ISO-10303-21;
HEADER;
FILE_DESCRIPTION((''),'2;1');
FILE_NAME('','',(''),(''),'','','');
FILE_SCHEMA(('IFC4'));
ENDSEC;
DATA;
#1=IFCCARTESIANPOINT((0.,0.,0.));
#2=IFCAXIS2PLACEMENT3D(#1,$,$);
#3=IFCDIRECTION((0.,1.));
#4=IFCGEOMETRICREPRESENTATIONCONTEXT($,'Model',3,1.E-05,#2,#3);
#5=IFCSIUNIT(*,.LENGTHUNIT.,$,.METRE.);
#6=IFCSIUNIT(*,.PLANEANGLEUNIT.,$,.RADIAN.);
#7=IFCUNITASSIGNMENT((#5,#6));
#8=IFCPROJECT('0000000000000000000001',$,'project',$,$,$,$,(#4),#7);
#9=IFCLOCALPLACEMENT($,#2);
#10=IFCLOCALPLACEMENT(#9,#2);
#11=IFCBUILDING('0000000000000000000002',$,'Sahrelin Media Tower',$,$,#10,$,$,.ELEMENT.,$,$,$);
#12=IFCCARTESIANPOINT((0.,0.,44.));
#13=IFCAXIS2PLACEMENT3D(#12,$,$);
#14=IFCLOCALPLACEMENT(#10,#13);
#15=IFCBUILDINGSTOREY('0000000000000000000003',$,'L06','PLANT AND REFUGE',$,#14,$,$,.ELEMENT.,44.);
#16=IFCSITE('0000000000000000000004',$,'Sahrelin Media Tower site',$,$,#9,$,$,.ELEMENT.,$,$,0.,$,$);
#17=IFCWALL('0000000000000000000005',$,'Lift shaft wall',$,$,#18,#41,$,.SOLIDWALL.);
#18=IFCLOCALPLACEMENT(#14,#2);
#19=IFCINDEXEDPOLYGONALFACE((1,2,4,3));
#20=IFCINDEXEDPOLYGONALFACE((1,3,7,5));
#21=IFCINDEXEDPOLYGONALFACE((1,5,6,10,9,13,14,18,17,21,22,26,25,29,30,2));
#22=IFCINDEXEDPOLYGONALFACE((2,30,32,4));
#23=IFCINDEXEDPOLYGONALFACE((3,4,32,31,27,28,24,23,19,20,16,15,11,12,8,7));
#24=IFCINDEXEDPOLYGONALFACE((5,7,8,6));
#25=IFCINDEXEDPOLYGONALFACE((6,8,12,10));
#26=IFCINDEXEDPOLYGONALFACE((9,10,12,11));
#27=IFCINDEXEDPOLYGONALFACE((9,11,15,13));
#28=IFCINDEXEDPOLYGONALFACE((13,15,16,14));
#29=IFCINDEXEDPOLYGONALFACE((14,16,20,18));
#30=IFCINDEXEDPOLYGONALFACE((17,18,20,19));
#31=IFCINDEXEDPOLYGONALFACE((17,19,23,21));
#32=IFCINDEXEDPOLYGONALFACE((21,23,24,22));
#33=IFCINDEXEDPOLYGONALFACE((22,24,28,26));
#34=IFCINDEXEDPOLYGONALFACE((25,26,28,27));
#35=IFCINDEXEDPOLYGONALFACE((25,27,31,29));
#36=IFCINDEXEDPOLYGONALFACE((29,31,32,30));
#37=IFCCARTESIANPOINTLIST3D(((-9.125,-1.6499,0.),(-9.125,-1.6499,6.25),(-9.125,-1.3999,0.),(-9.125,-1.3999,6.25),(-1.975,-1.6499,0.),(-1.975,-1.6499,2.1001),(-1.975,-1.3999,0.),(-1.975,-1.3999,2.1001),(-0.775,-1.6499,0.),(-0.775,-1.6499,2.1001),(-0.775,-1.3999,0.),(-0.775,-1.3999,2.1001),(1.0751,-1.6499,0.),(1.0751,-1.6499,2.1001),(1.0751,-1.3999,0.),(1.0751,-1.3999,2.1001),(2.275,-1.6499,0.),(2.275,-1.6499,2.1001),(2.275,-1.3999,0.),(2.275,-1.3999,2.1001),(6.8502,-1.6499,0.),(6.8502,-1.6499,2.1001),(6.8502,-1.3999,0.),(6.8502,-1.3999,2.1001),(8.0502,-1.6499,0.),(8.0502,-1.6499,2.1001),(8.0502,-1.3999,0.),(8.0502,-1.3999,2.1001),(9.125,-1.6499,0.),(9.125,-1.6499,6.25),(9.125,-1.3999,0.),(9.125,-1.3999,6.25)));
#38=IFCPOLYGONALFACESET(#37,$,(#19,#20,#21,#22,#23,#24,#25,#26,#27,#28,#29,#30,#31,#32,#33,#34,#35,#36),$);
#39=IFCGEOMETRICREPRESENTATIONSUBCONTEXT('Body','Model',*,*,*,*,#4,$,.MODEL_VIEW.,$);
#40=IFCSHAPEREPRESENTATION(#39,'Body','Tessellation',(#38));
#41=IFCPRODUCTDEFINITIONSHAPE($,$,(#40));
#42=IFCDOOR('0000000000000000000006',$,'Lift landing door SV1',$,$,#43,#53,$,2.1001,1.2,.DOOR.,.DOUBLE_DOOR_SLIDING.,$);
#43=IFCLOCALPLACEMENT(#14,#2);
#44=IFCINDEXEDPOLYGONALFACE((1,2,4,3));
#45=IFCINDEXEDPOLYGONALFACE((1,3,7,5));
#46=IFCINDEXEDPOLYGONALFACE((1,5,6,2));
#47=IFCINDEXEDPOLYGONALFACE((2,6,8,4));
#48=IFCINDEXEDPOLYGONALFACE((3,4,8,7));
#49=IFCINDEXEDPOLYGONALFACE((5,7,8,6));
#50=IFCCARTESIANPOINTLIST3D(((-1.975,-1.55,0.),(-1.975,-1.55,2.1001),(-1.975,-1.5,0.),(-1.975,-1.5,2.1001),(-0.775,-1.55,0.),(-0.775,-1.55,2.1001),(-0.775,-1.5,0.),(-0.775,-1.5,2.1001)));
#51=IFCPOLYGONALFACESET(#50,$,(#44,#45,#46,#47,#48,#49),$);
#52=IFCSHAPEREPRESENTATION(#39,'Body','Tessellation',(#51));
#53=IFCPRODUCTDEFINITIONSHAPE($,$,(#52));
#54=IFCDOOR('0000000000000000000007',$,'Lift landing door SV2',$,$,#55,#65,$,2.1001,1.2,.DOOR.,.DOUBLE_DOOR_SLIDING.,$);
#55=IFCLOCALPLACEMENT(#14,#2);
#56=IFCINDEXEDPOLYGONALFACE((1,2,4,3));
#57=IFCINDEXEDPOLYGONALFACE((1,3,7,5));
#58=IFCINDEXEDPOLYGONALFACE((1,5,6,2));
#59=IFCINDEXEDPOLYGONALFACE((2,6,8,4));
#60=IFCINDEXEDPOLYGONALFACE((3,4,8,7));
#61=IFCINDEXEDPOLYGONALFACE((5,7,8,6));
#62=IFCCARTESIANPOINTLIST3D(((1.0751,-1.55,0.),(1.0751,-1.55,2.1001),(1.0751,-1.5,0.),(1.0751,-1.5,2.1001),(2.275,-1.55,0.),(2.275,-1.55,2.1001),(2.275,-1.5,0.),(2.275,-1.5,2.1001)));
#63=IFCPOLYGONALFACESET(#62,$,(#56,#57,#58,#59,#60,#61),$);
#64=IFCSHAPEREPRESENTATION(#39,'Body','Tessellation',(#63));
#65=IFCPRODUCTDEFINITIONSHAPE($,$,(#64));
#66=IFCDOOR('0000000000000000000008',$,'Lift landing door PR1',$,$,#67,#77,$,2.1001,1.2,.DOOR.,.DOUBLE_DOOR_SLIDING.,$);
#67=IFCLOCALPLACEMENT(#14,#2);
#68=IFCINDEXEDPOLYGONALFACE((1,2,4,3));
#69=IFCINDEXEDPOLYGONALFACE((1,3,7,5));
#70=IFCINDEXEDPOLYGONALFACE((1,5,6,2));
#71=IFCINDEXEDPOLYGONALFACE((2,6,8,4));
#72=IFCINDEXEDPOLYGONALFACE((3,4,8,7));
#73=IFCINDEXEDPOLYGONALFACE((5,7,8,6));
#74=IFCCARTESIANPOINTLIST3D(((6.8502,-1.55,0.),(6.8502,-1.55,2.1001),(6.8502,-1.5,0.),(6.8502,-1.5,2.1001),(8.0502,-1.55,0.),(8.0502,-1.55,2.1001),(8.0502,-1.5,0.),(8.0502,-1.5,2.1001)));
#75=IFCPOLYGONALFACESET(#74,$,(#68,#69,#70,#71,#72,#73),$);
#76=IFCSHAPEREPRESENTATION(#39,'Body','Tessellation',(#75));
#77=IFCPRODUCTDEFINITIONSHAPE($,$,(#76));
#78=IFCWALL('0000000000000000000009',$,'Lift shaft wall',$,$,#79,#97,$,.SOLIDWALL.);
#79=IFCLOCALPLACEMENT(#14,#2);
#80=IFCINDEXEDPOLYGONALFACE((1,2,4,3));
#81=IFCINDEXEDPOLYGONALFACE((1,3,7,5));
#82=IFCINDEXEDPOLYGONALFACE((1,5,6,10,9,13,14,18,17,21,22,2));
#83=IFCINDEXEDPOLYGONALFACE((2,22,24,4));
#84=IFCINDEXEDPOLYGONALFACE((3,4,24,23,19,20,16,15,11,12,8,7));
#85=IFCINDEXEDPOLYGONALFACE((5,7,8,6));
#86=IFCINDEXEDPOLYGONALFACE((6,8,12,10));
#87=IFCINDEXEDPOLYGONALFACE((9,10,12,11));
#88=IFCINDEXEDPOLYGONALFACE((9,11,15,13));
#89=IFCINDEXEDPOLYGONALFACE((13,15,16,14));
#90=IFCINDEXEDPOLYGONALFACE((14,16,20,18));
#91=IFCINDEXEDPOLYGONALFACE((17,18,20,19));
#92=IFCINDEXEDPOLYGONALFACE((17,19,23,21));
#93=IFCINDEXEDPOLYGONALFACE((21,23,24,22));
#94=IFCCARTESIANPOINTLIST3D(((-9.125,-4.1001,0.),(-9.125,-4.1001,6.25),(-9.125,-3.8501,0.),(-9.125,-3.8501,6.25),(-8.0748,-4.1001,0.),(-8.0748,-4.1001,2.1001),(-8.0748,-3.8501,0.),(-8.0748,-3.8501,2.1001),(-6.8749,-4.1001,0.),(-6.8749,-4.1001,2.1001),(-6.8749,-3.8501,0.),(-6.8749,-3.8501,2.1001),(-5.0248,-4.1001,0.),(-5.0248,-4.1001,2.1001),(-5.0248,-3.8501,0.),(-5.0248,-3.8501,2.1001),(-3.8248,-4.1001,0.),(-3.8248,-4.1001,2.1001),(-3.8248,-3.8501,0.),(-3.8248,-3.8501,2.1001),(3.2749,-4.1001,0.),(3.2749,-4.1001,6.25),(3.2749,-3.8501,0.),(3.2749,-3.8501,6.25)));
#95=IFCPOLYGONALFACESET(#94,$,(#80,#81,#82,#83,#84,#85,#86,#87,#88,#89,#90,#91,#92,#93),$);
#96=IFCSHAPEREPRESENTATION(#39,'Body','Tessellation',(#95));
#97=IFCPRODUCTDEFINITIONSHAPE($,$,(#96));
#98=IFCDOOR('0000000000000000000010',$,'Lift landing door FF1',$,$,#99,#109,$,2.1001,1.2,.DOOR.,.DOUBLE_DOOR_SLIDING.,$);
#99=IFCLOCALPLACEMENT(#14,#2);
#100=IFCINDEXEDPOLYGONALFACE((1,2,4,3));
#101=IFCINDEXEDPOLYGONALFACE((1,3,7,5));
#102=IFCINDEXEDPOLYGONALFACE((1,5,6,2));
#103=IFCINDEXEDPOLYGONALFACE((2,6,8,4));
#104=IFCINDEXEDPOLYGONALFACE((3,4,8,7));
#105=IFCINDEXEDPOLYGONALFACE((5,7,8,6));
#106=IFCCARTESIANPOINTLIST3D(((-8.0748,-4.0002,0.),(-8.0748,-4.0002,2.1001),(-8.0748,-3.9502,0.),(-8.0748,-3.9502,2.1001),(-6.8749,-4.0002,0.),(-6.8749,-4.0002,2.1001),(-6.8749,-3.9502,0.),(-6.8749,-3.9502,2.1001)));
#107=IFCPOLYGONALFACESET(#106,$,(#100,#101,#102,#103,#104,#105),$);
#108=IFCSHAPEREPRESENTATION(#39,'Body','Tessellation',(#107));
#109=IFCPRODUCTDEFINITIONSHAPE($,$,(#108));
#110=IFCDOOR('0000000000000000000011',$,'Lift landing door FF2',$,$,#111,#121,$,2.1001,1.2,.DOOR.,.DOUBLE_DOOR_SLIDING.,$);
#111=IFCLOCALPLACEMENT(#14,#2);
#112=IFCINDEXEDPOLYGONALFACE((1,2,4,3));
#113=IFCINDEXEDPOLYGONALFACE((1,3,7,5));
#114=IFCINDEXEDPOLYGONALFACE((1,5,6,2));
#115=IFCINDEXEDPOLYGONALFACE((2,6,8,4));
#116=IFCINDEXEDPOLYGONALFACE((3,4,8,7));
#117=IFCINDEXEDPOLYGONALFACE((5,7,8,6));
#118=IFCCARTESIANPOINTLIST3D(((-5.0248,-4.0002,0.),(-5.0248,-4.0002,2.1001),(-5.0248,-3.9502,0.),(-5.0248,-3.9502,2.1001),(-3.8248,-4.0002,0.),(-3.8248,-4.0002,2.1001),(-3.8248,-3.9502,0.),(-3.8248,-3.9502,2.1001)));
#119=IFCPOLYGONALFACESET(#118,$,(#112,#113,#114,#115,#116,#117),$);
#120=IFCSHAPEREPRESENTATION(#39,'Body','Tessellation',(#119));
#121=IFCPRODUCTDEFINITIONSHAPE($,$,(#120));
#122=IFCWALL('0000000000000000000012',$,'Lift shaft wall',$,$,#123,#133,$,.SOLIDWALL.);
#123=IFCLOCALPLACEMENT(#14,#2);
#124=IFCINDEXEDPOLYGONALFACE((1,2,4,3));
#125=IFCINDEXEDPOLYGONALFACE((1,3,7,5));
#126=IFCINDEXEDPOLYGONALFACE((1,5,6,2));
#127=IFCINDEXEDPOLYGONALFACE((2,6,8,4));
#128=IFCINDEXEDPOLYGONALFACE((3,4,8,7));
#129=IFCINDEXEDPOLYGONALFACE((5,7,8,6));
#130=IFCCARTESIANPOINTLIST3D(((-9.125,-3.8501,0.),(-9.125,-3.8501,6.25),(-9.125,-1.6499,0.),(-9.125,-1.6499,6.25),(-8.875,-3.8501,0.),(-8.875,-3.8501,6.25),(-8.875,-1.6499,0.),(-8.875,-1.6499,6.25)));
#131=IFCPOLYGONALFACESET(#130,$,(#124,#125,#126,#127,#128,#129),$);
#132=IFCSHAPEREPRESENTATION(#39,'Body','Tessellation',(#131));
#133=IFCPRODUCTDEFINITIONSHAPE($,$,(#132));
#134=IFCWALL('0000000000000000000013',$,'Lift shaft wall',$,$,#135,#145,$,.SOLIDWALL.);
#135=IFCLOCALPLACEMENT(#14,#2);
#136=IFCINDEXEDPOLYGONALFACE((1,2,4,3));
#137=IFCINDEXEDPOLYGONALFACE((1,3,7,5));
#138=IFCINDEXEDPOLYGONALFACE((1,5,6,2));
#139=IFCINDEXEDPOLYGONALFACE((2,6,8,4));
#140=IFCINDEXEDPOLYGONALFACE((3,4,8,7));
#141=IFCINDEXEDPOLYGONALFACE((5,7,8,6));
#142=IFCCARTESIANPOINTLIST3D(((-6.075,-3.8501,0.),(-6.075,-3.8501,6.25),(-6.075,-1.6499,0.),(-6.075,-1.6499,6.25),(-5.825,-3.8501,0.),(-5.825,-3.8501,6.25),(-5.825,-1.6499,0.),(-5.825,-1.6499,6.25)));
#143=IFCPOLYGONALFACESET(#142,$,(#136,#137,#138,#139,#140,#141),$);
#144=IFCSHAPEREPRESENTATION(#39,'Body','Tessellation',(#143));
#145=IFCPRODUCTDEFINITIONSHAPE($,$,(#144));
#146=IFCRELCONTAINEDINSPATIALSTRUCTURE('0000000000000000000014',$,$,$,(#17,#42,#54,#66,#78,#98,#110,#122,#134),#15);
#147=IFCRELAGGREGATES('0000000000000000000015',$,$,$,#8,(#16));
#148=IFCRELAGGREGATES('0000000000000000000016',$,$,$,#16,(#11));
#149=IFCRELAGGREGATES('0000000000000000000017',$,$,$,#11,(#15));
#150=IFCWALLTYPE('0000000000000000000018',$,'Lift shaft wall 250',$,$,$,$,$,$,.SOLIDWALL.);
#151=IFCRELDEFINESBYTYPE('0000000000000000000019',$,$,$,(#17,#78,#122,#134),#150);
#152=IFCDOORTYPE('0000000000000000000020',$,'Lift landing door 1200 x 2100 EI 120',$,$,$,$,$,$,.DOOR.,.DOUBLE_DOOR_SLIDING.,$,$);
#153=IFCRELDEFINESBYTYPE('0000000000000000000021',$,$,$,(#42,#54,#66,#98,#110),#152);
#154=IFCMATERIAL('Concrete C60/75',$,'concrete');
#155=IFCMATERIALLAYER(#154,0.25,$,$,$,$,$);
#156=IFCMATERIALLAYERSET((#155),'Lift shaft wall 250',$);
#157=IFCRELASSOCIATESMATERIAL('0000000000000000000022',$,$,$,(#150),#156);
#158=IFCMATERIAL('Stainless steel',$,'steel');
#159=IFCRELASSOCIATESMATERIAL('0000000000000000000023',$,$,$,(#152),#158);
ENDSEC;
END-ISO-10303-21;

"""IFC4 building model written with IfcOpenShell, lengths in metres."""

from ifc_helpers import new_model, si_unit, direction, frame, frame_2d, origin, place, context, subcontext, project, spatial, rectangle, extrude, material, layer, layer_set, type_object, element, fill, save


model = new_model("IFC4")

# Units and contexts
model_context = context("Model", 3, precision=1e-05, world=origin(), true_north=direction((0.0, 1.0)))
body_context = subcontext(model_context, "Body", "Model", "MODEL_VIEW")
ifc_project = project(units=[si_unit("LENGTHUNIT", "METRE"), si_unit("PLANEANGLEUNIT", "RADIAN")], contexts=[model_context])

# Site, building, storey
site_placement = place(None, origin())
site = spatial("IfcSite", under=ifc_project, at=site_placement, Name="Sahrelin Media Tower site", CompositionType="ELEMENT", RefElevation=0.0)
building_placement = place(site_placement, origin())
building = spatial("IfcBuilding", under=site, at=building_placement, Name="Sahrelin Media Tower", CompositionType="ELEMENT")
storey_placement = place(building_placement, frame((0.0, 0.0, 44.0)))
storey = spatial("IfcBuildingStorey", under=building, at=storey_placement, Name="L06", Description="PLANT AND REFUGE", CompositionType="ELEMENT", Elevation=44.0)

# Shared definitions
ifc_material_1 = material(Name="Concrete C60/75", Category="concrete")

# Walls, openings, doors
ifc_layer_1 = layer(ifc_material_1, 0.25)
ifc_layer_set_1 = layer_set([ifc_layer_1], Name="Lift shaft wall 250")
wall_type_1 = type_object("IfcWallType", Name="Lift shaft wall 250", PredefinedType="SOLIDWALL", material=ifc_layer_set_1)
wall_1_placement = place(storey_placement, frame((-9.125, -1.5249, 0.0), z_axis=(0.0, 0.0, 1.0), x_axis=(1.0, 0.0, 0.0)))
wall_1 = element("IfcWall", 1, at=wall_1_placement, inside=storey, type_object=wall_type_1, Name="Lift shaft wall", PredefinedType="SOLIDWALL", context=body_context, shape_type="SweptSolid", body=[
    extrude(rectangle(XDim=18.25, YDim=0.25, at=frame_2d((9.125, 0.0))), origin(), (0.0, 0.0, 1.0), 6.25),
])
opening_1_placement = place(wall_1_placement, frame((7.1499, 0.0, 0.0)))
opening_1 = element("IfcOpeningElement", 2, at=opening_1_placement, cuts=wall_1, PredefinedType="OPENING", context=body_context, shape_type="SweptSolid", body=[
    extrude(rectangle(XDim=1.2, YDim=2.1001, at=frame_2d((0.6001, 1.05))), frame((0.0, 0.125, 0.0), z_axis=(0.0, -1.0, 0.0), x_axis=(1.0, 0.0, 0.0)), (0.0, 0.0, 1.0), 0.25),
])
opening_2_placement = place(wall_1_placement, frame((10.2, 0.0, 0.0)))
opening_2 = element("IfcOpeningElement", 3, at=opening_2_placement, cuts=wall_1, PredefinedType="OPENING", context=body_context, shape_type="SweptSolid", body=[
    extrude(rectangle(XDim=1.2, YDim=2.1001, at=frame_2d((0.6001, 1.05))), frame((0.0, 0.125, 0.0), z_axis=(0.0, -1.0, 0.0), x_axis=(1.0, 0.0, 0.0)), (0.0, 0.0, 1.0), 0.25),
])
opening_3_placement = place(wall_1_placement, frame((15.9751, 0.0, 0.0)))
opening_3 = element("IfcOpeningElement", 4, at=opening_3_placement, cuts=wall_1, PredefinedType="OPENING", context=body_context, shape_type="SweptSolid", body=[
    extrude(rectangle(XDim=1.2, YDim=2.1001, at=frame_2d((0.6001, 1.05))), frame((0.0, 0.125, 0.0), z_axis=(0.0, -1.0, 0.0), x_axis=(1.0, 0.0, 0.0)), (0.0, 0.0, 1.0), 0.25),
])
ifc_material_2 = material(Name="Stainless steel", Category="steel")
door_type_1 = type_object("IfcDoorType", Name="Lift landing door 1200 x 2100 EI 120", OperationType="DOUBLE_DOOR_SLIDING", PredefinedType="DOOR", material=ifc_material_2)
door_1_placement = place(opening_1_placement, origin())
door_1 = element("IfcDoor", 5, at=door_1_placement, inside=storey, type_object=door_type_1, Name="Lift landing door SV1", OperationType="DOUBLE_DOOR_SLIDING", OverallHeight=2.1001, OverallWidth=1.2, PredefinedType="DOOR", context=body_context, shape_type="SweptSolid", body=[
    extrude(rectangle(XDim=1.2, YDim=2.1001, at=frame_2d((0.6001, 1.05))), frame((0.0, 0.0249, 0.0), z_axis=(0.0, -1.0, 0.0), x_axis=(1.0, 0.0, 0.0)), (0.0, 0.0, 1.0), 0.05),
])
fill(opening_1, door_1)
door_2_placement = place(opening_2_placement, origin())
door_2 = element("IfcDoor", 6, at=door_2_placement, inside=storey, type_object=door_type_1, Name="Lift landing door SV2", OperationType="DOUBLE_DOOR_SLIDING", OverallHeight=2.1001, OverallWidth=1.2, PredefinedType="DOOR", context=body_context, shape_type="SweptSolid", body=[
    extrude(rectangle(XDim=1.2, YDim=2.1001, at=frame_2d((0.6001, 1.05))), frame((0.0, 0.0249, 0.0), z_axis=(0.0, -1.0, 0.0), x_axis=(1.0, 0.0, 0.0)), (0.0, 0.0, 1.0), 0.05),
])
fill(opening_2, door_2)
door_3_placement = place(opening_3_placement, origin())
door_3 = element("IfcDoor", 7, at=door_3_placement, inside=storey, type_object=door_type_1, Name="Lift landing door PR1", OperationType="DOUBLE_DOOR_SLIDING", OverallHeight=2.1001, OverallWidth=1.2, PredefinedType="DOOR", context=body_context, shape_type="SweptSolid", body=[
    extrude(rectangle(XDim=1.2, YDim=2.1001, at=frame_2d((0.6001, 1.05))), frame((0.0, 0.0249, 0.0), z_axis=(0.0, -1.0, 0.0), x_axis=(1.0, 0.0, 0.0)), (0.0, 0.0, 1.0), 0.05),
])
fill(opening_3, door_3)
wall_2_placement = place(storey_placement, frame((-9.125, -3.9751, 0.0), z_axis=(0.0, 0.0, 1.0), x_axis=(1.0, 0.0, 0.0)))
wall_2 = element("IfcWall", 8, at=wall_2_placement, inside=storey, type_object=wall_type_1, Name="Lift shaft wall", PredefinedType="SOLIDWALL", context=body_context, shape_type="SweptSolid", body=[
    extrude(rectangle(XDim=12.3999, YDim=0.25, at=frame_2d((6.2, 0.0))), origin(), (0.0, 0.0, 1.0), 6.25),
])
opening_4_placement = place(wall_2_placement, frame((1.05, 0.0, 0.0)))
opening_4 = element("IfcOpeningElement", 9, at=opening_4_placement, cuts=wall_2, PredefinedType="OPENING", context=body_context, shape_type="SweptSolid", body=[
    extrude(rectangle(XDim=1.2, YDim=2.1001, at=frame_2d((0.6001, 1.05))), frame((0.0, 0.125, 0.0), z_axis=(0.0, -1.0, 0.0), x_axis=(1.0, 0.0, 0.0)), (0.0, 0.0, 1.0), 0.25),
])
opening_5_placement = place(wall_2_placement, frame((4.1001, 0.0, 0.0)))
opening_5 = element("IfcOpeningElement", 10, at=opening_5_placement, cuts=wall_2, PredefinedType="OPENING", context=body_context, shape_type="SweptSolid", body=[
    extrude(rectangle(XDim=1.2, YDim=2.1001, at=frame_2d((0.6001, 1.05))), frame((0.0, 0.125, 0.0), z_axis=(0.0, -1.0, 0.0), x_axis=(1.0, 0.0, 0.0)), (0.0, 0.0, 1.0), 0.25),
])
door_4_placement = place(opening_4_placement, origin())
door_4 = element("IfcDoor", 11, at=door_4_placement, inside=storey, type_object=door_type_1, Name="Lift landing door FF1", OperationType="DOUBLE_DOOR_SLIDING", OverallHeight=2.1001, OverallWidth=1.2, PredefinedType="DOOR", context=body_context, shape_type="SweptSolid", body=[
    extrude(rectangle(XDim=1.2, YDim=2.1001, at=frame_2d((0.6001, 1.05))), frame((0.0, 0.0249, 0.0), z_axis=(0.0, -1.0, 0.0), x_axis=(1.0, 0.0, 0.0)), (0.0, 0.0, 1.0), 0.05),
])
fill(opening_4, door_4)
door_5_placement = place(opening_5_placement, origin())
door_5 = element("IfcDoor", 12, at=door_5_placement, inside=storey, type_object=door_type_1, Name="Lift landing door FF2", OperationType="DOUBLE_DOOR_SLIDING", OverallHeight=2.1001, OverallWidth=1.2, PredefinedType="DOOR", context=body_context, shape_type="SweptSolid", body=[
    extrude(rectangle(XDim=1.2, YDim=2.1001, at=frame_2d((0.6001, 1.05))), frame((0.0, 0.0249, 0.0), z_axis=(0.0, -1.0, 0.0), x_axis=(1.0, 0.0, 0.0)), (0.0, 0.0, 1.0), 0.05),
])
fill(opening_5, door_5)

# Walls
for number, where, z_axis, x_axis, name in (
    (13, (-9.0, -3.8501, 0.0), (0.0, 0.0, 1.0), (0.0, 1.0, 0.0), "Lift shaft wall"),
    (14, (-5.95, -3.8501, 0.0), (0.0, 0.0, 1.0), (0.0, 1.0, 0.0), "Lift shaft wall"),
):
    element("IfcWall", number, at=place(storey_placement, frame(where, z_axis=z_axis, x_axis=x_axis)), inside=storey, type_object=wall_type_1, Name=name, PredefinedType="SOLIDWALL", context=body_context, shape_type="SweptSolid", body=[
        extrude(rectangle(XDim=2.2002, YDim=0.25, at=frame_2d((1.1001, 0.0))), origin(), (0.0, 0.0, 1.0), 6.25),
    ])

save(model, "model.ifc")
